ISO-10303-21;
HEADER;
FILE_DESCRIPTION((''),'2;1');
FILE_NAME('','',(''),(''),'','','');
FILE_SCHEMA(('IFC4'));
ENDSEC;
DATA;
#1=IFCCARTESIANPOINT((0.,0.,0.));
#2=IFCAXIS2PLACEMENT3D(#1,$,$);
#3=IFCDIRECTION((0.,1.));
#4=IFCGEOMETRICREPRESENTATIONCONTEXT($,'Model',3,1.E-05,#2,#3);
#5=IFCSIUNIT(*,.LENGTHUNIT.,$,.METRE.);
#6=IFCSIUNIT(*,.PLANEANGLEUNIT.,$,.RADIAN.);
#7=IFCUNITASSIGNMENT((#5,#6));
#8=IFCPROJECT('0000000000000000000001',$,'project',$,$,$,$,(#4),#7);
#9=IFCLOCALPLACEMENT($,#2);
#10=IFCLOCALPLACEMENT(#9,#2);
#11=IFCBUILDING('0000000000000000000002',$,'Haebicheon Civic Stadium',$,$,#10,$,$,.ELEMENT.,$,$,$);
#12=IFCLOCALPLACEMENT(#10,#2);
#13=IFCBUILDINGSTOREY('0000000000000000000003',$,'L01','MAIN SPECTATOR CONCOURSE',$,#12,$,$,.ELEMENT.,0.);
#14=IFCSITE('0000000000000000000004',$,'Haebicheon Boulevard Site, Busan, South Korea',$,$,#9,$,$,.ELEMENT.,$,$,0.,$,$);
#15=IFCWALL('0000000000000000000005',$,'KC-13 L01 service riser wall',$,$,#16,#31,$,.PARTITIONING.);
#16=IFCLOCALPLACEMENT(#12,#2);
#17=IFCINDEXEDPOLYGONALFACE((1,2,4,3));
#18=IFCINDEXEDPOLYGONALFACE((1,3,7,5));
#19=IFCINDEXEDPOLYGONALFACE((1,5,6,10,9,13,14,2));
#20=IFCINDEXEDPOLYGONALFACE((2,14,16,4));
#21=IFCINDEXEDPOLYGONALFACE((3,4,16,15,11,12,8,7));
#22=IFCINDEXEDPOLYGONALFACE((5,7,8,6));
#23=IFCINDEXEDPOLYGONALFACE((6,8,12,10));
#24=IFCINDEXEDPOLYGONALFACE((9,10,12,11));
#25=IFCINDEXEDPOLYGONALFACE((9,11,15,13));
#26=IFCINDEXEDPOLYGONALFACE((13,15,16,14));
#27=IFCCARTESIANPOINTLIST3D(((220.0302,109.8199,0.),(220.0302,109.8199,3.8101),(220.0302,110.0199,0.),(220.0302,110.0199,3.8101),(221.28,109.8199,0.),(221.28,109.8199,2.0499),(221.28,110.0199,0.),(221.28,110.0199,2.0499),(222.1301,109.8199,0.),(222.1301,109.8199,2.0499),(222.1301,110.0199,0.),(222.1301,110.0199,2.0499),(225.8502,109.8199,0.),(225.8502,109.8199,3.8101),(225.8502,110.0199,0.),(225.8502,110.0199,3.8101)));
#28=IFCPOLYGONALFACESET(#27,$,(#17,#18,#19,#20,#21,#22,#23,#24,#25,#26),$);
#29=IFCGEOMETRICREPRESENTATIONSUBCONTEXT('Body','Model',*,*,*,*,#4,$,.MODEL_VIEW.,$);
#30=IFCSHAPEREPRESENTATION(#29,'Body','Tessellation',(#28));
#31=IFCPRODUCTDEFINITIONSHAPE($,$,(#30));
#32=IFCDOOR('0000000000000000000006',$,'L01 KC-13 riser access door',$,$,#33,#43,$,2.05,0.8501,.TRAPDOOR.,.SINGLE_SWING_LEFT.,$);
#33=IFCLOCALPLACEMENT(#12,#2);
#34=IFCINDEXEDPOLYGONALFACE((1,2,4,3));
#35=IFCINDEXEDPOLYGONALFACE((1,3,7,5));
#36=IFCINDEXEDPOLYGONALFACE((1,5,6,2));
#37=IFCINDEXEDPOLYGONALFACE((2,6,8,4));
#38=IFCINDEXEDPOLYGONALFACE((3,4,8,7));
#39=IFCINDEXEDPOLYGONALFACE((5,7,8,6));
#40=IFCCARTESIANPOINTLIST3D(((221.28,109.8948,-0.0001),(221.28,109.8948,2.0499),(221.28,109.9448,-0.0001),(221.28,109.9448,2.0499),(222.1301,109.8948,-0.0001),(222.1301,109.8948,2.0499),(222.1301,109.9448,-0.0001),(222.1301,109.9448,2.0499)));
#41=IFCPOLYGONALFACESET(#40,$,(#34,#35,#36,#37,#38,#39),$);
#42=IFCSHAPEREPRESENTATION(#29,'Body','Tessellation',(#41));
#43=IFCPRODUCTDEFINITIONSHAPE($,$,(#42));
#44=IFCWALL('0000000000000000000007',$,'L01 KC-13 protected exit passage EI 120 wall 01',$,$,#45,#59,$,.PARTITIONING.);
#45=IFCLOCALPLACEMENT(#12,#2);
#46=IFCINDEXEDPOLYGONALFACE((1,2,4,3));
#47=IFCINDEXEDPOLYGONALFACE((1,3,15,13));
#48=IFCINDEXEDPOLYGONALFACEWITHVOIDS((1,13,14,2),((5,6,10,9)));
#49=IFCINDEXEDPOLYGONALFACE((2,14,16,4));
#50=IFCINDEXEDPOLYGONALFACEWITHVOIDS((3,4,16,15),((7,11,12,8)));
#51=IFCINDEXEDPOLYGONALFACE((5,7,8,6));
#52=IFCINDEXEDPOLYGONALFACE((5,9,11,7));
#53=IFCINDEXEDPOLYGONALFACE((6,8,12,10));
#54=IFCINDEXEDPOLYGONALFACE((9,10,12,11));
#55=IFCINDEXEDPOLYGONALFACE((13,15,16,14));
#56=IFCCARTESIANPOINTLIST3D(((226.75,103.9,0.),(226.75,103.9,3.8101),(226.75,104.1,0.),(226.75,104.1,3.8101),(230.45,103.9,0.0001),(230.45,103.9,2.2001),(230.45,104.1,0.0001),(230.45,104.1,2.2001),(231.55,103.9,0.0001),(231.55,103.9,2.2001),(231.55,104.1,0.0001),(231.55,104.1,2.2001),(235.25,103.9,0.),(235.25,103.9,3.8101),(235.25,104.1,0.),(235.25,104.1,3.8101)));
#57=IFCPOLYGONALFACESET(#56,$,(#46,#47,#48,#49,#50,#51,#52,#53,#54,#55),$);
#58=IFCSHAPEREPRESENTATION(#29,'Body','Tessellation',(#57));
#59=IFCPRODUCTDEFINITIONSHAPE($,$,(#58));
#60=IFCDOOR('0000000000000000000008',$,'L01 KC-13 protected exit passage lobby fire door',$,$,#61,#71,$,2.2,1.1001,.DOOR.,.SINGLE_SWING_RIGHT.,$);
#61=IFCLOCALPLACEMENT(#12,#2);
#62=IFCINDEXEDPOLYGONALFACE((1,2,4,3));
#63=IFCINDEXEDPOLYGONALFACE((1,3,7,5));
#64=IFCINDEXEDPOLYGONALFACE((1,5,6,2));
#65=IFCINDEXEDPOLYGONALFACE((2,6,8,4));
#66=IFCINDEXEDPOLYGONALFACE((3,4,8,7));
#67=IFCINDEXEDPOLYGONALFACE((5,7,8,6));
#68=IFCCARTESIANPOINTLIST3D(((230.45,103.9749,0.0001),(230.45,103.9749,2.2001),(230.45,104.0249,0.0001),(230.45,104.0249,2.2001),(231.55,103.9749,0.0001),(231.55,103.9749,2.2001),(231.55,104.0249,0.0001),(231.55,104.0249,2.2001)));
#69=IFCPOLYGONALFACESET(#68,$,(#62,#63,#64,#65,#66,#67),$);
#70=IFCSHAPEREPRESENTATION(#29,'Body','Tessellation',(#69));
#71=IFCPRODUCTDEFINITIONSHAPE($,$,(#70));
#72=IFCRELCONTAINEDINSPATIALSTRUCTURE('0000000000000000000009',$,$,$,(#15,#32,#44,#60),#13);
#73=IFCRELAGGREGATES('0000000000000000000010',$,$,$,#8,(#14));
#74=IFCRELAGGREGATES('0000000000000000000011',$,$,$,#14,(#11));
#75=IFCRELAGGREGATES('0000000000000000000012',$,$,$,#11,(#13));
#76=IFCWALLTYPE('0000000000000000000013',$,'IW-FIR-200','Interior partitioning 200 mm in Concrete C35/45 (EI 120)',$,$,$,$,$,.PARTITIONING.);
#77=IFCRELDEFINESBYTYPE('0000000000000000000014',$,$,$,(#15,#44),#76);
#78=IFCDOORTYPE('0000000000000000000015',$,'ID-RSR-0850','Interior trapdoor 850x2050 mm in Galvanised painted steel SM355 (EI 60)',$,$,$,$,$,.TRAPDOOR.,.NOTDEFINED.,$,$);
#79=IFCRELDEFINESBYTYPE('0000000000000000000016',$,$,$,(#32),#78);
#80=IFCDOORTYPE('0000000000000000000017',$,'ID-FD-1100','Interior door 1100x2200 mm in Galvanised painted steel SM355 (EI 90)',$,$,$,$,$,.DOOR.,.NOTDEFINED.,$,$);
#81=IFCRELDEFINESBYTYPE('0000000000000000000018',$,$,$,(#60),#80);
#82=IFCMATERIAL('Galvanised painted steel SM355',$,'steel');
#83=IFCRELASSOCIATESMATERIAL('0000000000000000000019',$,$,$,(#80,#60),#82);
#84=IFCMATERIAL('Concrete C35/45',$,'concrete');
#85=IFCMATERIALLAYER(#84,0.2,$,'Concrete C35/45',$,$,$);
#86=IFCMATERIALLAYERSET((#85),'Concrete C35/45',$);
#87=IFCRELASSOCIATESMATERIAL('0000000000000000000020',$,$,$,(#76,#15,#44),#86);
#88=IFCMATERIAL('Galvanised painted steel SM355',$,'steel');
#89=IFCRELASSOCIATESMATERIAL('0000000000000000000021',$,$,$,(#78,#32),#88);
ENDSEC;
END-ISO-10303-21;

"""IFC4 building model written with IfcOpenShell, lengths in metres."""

from ifc_helpers import new_model, si_unit, direction, frame, frame_2d, origin, place, context, subcontext, project, spatial, rectangle, extrude, material, layer, layer_set, type_object, element, fill, save


model = new_model("IFC4")

# Units and contexts
model_context = context("Model", 3, precision=1e-05, world=origin(), true_north=direction((0.0, 1.0)))
body_context = subcontext(model_context, "Body", "Model", "MODEL_VIEW")
ifc_project = project(units=[si_unit("LENGTHUNIT", "METRE"), si_unit("PLANEANGLEUNIT", "RADIAN")], contexts=[model_context])

# Site, building, storey
site_placement = place(None, origin())
site = spatial("IfcSite", under=ifc_project, at=site_placement, Name="Haebicheon Boulevard Site, Busan, South Korea", CompositionType="ELEMENT", RefElevation=0.0)
building_placement = place(site_placement, origin())
building = spatial("IfcBuilding", under=site, at=building_placement, Name="Haebicheon Civic Stadium", CompositionType="ELEMENT")
storey_placement = place(building_placement, origin())
storey = spatial("IfcBuildingStorey", under=building, at=storey_placement, Name="L01", Description="MAIN SPECTATOR CONCOURSE", CompositionType="ELEMENT", Elevation=0.0)

# Walls, openings, doors
ifc_material_1 = material(Name="Galvanised painted steel SM355", Category="steel")
door_type_1 = type_object("IfcDoorType", Name="ID-FD-1100", Description="Interior door 1100x2200 mm in Galvanised painted steel SM355 (EI 90)", OperationType="NOTDEFINED", PredefinedType="DOOR", material=ifc_material_1)
ifc_material_2 = material(Name="Concrete C35/45", Category="concrete")
ifc_layer_1 = layer(ifc_material_2, 0.2, Name="Concrete C35/45")
ifc_layer_set_1 = layer_set([ifc_layer_1], Name="Concrete C35/45")
wall_type_1 = type_object("IfcWallType", Name="IW-FIR-200", Description="Interior partitioning 200 mm in Concrete C35/45 (EI 120)", PredefinedType="PARTITIONING", material=ifc_layer_set_1)
wall_1_placement = place(storey_placement, frame((220.03, 109.9199, 0.0), z_axis=(0.0, 0.0, 1.0), x_axis=(1.0, 0.0, 0.0)))
wall_1 = element("IfcWall", 1, at=wall_1_placement, inside=storey, type_object=wall_type_1, material=ifc_layer_set_1, Name="KC-13 L01 service riser wall", PredefinedType="PARTITIONING", context=body_context, shape_type="SweptSolid", body=[
    extrude(rectangle(XDim=5.8201, YDim=0.2, at=frame_2d((2.9102, 0.0))), origin(), (0.0, 0.0, 1.0), 3.8101),
])
opening_1_placement = place(wall_1_placement, frame((1.25, 0.0, 0.0)))
opening_1 = element("IfcOpeningElement", 2, at=opening_1_placement, cuts=wall_1, PredefinedType="OPENING", context=body_context, shape_type="SweptSolid", body=[
    extrude(rectangle(XDim=0.8501, YDim=2.05, at=frame_2d((0.425, 1.0249))), frame((0.0, 0.1099, 0.0), z_axis=(0.0, -1.0, 0.0), x_axis=(1.0, 0.0, 0.0)), (0.0, 0.0, 1.0), 0.22),
])
ifc_material_3 = material(Name="Galvanised painted steel SM355", Category="steel")
door_type_2 = type_object("IfcDoorType", Name="ID-RSR-0850", Description="Interior trapdoor 850x2050 mm in Galvanised painted steel SM355 (EI 60)", OperationType="NOTDEFINED", PredefinedType="TRAPDOOR", material=ifc_material_3)
door_1_placement = place(opening_1_placement, origin())
door_1 = element("IfcDoor", 3, at=door_1_placement, inside=storey, type_object=door_type_2, material=ifc_material_3, Name="L01 KC-13 riser access door", OperationType="SINGLE_SWING_LEFT", OverallHeight=2.05, OverallWidth=0.8501, PredefinedType="TRAPDOOR", context=body_context, shape_type="SweptSolid", body=[
    extrude(rectangle(XDim=0.8501, YDim=2.05, at=frame_2d((0.425, 1.0249))), frame((0.0, 0.0249, 0.0), z_axis=(0.0, -1.0, 0.0), x_axis=(1.0, 0.0, 0.0)), (0.0, 0.0, 1.0), 0.05),
])
fill(opening_1, door_1)
wall_2_placement = place(storey_placement, frame((226.75, 104.0, 0.0), z_axis=(0.0, 0.0, 1.0), x_axis=(1.0, 0.0, 0.0)))
wall_2 = element("IfcWall", 4, at=wall_2_placement, inside=storey, type_object=wall_type_1, material=ifc_layer_set_1, Name="L01 KC-13 protected exit passage EI 120 wall 01", PredefinedType="PARTITIONING", context=body_context, shape_type="SweptSolid", body=[
    extrude(rectangle(XDim=8.5, YDim=0.2, at=frame_2d((4.25, 0.0))), origin(), (0.0, 0.0, 1.0), 3.8101),
])
opening_2_placement = place(wall_2_placement, frame((3.7, 0.0, 0.0)))
opening_2 = element("IfcOpeningElement", 5, at=opening_2_placement, cuts=wall_2, PredefinedType="OPENING", context=body_context, shape_type="SweptSolid", body=[
    extrude(rectangle(XDim=1.1001, YDim=2.2, at=frame_2d((0.55, 1.1001))), frame((0.0, 0.1099, 0.0), z_axis=(0.0, -1.0, 0.0), x_axis=(1.0, 0.0, 0.0)), (0.0, 0.0, 1.0), 0.22),
])
door_2_placement = place(opening_2_placement, origin())
door_2 = element("IfcDoor", 6, at=door_2_placement, inside=storey, type_object=door_type_1, material=ifc_material_1, Name="L01 KC-13 protected exit passage lobby fire door", OperationType="SINGLE_SWING_RIGHT", OverallHeight=2.2, OverallWidth=1.1001, PredefinedType="DOOR", context=body_context, shape_type="SweptSolid", body=[
    extrude(rectangle(XDim=1.1001, YDim=2.2, at=frame_2d((0.55, 1.1001))), frame((0.0, 0.0249, 0.0), z_axis=(0.0, -1.0, 0.0), x_axis=(1.0, 0.0, 0.0)), (0.0, 0.0, 1.0), 0.05),
])
fill(opening_2, door_2)

save(model, "model.ifc")
